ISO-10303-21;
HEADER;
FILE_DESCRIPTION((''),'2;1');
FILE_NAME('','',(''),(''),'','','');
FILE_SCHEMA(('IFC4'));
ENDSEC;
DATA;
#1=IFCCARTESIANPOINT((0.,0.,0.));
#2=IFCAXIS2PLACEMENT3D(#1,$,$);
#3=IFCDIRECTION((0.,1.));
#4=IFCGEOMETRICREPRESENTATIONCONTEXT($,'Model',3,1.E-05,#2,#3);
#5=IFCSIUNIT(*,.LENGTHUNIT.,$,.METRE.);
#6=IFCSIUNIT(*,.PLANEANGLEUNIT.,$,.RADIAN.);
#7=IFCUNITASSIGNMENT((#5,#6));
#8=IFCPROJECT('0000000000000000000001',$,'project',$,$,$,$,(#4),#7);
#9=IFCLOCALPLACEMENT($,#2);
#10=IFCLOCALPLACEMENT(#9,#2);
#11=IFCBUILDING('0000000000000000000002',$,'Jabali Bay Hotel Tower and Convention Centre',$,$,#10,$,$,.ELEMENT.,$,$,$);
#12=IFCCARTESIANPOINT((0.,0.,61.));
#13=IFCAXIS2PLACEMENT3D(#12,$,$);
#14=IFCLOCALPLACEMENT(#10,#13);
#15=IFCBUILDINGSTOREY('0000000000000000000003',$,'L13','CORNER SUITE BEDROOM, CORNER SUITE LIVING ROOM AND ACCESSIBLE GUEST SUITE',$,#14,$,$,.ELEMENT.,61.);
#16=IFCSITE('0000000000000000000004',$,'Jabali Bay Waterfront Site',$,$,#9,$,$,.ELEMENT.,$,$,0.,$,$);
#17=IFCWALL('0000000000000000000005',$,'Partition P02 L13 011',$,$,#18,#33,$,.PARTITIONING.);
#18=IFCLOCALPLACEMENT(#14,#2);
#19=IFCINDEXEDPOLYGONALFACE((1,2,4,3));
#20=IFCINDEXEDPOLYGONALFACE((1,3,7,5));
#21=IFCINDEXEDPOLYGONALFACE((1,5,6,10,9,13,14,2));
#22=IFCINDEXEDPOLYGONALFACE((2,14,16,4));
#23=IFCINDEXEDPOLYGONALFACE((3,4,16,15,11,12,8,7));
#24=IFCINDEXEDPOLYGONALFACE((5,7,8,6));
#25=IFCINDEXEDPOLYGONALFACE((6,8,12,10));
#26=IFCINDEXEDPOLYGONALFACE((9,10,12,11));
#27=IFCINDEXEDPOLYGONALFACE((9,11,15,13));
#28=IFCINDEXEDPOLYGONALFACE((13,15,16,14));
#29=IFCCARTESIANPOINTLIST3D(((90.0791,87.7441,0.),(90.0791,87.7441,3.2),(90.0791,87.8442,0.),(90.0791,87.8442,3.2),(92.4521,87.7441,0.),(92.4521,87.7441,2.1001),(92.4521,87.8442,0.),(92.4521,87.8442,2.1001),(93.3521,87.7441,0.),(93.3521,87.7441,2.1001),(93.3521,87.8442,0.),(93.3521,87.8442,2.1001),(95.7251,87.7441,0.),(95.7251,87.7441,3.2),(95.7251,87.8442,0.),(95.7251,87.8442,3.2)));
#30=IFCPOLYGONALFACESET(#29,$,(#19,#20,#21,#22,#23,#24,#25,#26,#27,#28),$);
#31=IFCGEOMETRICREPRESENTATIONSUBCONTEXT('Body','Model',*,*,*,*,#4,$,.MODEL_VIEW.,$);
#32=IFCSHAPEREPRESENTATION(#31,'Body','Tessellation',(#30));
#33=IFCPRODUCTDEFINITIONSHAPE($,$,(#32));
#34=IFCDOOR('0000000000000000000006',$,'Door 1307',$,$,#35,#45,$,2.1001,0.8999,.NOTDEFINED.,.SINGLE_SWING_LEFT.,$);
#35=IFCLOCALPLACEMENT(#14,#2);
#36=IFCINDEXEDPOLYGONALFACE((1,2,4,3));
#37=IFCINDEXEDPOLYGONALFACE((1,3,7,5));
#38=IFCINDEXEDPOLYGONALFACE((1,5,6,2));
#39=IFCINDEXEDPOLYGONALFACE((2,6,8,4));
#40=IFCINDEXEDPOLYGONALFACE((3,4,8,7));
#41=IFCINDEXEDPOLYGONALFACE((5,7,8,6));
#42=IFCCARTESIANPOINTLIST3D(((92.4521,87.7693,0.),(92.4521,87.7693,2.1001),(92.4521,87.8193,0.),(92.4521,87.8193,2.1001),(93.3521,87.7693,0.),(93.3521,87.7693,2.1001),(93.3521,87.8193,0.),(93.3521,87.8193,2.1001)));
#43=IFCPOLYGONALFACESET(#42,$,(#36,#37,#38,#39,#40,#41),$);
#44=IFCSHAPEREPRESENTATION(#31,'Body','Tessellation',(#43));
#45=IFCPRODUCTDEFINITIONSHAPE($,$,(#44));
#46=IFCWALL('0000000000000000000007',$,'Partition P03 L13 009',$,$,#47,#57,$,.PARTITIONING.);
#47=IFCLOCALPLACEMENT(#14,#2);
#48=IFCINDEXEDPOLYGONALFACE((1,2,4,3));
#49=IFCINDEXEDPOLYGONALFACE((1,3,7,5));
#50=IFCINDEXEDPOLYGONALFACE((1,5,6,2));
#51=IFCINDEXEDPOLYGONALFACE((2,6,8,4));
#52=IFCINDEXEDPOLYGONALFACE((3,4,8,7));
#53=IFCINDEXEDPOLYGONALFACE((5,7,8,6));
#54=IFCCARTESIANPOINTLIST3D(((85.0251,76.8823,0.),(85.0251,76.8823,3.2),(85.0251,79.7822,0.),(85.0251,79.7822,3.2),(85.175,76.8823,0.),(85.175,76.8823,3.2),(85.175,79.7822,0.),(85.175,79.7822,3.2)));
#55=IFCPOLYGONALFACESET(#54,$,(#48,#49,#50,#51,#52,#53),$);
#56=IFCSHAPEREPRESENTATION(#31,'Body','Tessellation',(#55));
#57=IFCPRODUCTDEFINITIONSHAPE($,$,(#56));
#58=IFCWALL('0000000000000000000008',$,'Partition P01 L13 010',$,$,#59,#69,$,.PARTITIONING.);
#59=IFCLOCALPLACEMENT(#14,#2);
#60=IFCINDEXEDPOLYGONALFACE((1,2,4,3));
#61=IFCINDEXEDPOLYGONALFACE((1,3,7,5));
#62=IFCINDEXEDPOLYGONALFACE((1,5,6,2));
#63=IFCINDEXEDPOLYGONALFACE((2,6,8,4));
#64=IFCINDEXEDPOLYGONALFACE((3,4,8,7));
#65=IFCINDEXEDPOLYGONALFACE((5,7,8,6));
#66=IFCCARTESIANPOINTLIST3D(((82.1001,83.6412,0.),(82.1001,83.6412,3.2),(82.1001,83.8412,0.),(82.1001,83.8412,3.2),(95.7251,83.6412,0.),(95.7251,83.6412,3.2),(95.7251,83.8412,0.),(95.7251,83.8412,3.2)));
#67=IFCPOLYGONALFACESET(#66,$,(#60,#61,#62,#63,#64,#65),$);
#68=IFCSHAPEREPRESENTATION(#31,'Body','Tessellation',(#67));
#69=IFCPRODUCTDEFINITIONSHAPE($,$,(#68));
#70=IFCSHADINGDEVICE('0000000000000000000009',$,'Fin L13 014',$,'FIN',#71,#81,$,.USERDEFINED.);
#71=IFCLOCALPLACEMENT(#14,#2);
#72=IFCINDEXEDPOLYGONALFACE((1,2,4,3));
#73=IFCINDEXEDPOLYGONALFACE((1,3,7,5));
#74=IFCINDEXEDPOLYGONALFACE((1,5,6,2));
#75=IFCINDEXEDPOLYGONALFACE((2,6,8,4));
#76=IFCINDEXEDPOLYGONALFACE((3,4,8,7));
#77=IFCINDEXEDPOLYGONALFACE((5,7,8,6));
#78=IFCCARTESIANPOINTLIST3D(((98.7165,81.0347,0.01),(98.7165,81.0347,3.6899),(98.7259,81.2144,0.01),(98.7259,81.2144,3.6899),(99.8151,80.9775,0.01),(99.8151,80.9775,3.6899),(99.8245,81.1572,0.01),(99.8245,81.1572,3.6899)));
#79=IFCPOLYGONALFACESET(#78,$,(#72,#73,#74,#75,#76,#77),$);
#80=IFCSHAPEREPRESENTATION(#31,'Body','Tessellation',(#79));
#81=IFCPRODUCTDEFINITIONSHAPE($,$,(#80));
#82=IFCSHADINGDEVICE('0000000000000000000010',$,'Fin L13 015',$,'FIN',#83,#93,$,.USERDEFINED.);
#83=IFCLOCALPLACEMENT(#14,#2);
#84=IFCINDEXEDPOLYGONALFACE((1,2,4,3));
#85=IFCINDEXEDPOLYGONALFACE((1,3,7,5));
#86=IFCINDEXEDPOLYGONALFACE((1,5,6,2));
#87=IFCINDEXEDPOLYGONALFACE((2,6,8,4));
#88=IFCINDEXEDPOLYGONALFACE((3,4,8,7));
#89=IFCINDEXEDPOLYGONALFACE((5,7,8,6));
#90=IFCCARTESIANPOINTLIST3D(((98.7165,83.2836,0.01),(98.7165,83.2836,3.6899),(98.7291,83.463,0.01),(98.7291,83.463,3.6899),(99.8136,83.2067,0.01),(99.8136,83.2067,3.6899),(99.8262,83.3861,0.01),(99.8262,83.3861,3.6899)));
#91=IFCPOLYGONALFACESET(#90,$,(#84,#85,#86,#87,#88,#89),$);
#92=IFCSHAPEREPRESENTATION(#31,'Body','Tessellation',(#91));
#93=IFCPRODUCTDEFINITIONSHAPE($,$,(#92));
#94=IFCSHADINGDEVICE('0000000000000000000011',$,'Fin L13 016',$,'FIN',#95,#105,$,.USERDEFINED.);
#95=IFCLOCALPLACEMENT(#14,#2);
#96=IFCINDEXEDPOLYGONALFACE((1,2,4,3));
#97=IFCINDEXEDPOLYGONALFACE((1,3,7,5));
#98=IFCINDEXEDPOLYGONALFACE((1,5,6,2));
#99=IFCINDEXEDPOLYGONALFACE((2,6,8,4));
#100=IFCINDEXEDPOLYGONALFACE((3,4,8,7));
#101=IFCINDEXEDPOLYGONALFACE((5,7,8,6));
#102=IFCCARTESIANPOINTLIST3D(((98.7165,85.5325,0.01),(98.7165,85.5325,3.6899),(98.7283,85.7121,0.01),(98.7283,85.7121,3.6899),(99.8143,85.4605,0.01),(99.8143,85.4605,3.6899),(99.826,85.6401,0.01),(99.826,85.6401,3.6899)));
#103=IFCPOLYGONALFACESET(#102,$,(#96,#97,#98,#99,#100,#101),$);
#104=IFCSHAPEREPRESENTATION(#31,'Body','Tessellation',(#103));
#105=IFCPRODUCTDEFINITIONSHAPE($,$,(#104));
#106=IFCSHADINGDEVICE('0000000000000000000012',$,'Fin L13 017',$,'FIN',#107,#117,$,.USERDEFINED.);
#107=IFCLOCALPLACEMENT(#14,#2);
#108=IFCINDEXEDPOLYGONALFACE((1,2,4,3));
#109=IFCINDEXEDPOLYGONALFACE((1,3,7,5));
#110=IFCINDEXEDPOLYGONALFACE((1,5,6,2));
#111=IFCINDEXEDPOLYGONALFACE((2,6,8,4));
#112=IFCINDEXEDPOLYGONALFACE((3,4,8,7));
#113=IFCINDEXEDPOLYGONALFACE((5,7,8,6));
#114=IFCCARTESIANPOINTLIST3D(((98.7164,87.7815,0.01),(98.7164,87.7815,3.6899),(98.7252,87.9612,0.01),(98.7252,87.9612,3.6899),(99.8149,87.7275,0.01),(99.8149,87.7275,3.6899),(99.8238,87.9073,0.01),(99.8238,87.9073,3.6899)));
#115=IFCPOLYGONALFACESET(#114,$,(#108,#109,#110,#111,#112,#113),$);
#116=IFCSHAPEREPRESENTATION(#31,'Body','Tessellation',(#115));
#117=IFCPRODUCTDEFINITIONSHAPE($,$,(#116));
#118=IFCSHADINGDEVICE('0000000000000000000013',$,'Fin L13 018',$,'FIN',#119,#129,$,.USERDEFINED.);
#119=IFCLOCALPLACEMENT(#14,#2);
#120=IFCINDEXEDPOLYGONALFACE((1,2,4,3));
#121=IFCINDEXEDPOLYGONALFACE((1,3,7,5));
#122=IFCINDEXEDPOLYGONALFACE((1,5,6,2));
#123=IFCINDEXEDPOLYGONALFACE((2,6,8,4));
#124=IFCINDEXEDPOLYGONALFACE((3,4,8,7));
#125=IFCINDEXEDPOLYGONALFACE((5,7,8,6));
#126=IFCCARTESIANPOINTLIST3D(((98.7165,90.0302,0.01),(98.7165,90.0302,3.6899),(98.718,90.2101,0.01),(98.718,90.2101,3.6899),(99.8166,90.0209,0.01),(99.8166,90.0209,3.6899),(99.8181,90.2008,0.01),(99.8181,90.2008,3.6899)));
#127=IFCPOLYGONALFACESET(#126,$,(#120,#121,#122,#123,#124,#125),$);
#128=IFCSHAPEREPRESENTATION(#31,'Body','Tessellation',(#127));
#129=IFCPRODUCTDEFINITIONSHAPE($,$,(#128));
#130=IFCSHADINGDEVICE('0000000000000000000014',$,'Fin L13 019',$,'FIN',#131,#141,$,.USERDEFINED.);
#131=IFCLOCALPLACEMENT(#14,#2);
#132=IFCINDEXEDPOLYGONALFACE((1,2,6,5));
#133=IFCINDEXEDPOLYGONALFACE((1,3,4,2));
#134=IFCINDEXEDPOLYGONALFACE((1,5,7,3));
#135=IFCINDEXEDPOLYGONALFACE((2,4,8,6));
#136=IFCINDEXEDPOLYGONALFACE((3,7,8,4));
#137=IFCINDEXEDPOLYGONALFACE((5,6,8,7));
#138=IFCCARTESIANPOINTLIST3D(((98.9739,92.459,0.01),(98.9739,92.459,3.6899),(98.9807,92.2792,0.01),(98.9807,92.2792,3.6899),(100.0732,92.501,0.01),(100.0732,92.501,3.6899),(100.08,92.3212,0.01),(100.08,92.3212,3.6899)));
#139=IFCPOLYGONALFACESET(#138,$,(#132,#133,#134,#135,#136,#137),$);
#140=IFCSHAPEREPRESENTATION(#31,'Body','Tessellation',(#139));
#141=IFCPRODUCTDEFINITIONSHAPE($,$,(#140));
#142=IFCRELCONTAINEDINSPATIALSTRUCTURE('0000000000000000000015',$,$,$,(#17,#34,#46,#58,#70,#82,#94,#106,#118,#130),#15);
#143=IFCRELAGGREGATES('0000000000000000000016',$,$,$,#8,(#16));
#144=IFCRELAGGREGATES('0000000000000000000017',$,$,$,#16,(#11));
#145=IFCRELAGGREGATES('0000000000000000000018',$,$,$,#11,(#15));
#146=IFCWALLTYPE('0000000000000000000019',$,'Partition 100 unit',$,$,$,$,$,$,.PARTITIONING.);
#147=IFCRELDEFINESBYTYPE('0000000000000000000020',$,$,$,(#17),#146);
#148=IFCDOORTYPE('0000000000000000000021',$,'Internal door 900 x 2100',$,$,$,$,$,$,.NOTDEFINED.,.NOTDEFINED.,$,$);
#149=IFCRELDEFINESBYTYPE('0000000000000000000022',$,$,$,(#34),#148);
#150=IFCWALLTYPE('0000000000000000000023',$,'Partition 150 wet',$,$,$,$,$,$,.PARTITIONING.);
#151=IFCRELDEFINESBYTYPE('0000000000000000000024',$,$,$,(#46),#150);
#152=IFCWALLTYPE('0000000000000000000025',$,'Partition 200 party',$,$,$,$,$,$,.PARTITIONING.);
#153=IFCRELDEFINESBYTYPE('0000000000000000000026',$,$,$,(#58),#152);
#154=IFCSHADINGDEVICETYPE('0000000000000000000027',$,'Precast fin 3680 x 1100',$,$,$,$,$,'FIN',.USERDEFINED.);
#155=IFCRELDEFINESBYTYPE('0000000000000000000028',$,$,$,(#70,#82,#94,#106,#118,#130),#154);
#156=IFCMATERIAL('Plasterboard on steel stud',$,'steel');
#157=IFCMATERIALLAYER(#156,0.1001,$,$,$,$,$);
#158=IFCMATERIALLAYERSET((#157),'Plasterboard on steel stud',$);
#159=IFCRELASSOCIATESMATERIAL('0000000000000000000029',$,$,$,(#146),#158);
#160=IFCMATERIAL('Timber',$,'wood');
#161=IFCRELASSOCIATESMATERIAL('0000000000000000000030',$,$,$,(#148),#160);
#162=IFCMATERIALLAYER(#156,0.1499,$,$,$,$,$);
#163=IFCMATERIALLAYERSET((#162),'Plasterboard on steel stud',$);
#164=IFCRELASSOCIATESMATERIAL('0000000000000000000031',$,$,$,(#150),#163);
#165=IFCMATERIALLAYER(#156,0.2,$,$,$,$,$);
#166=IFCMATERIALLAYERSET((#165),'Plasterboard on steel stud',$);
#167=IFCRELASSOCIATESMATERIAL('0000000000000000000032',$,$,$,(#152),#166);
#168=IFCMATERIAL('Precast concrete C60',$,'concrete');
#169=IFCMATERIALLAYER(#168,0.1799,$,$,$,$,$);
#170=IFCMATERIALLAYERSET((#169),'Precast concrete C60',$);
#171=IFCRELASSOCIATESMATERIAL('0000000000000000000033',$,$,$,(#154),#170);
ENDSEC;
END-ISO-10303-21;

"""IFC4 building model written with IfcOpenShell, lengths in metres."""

from ifc_helpers import new_model, si_unit, direction, frame, frame_2d, origin, place, context, subcontext, project, spatial, rectangle, extrude, material, layer, layer_set, type_object, element, fill, save


model = new_model("IFC4")

# Units and contexts
model_context = context("Model", 3, precision=1e-05, world=origin(), true_north=direction((0.0, 1.0)))
body_context = subcontext(model_context, "Body", "Model", "MODEL_VIEW")
ifc_project = project(units=[si_unit("LENGTHUNIT", "METRE"), si_unit("PLANEANGLEUNIT", "RADIAN")], contexts=[model_context])

# Site, building, storey
site_placement = place(None, origin())
site = spatial("IfcSite", under=ifc_project, at=site_placement, Name="Jabali Bay Waterfront Site", CompositionType="ELEMENT", RefElevation=0.0)
building_placement = place(site_placement, origin())
building = spatial("IfcBuilding", under=site, at=building_placement, Name="Jabali Bay Hotel Tower and Convention Centre", CompositionType="ELEMENT")
storey_placement = place(building_placement, frame((0.0, 0.0, 61.0)))
storey = spatial("IfcBuildingStorey", under=building, at=storey_placement, Name="L13", Description="CORNER SUITE BEDROOM, CORNER SUITE LIVING ROOM AND ACCESSIBLE GUEST SUITE", CompositionType="ELEMENT", Elevation=61.0)

# Wall, opening, door
ifc_material_1 = material(Name="Plasterboard on steel stud", Category="steel")
ifc_layer_1 = layer(ifc_material_1, 0.1001)
ifc_layer_set_1 = layer_set([ifc_layer_1], Name="Plasterboard on steel stud")
wall_type_1 = type_object("IfcWallType", Name="Partition 100 unit", PredefinedType="PARTITIONING", material=ifc_layer_set_1)
wall_1_placement = place(storey_placement, frame((95.7251, 87.7942, 0.0), z_axis=(0.0, 0.0, 1.0), x_axis=(-1.0, 0.0, 0.0)))
wall_1 = element("IfcWall", 1, at=wall_1_placement, inside=storey, type_object=wall_type_1, Name="Partition P02 L13 011", PredefinedType="PARTITIONING", context=body_context, shape_type="SweptSolid", body=[
    extrude(rectangle(XDim=5.646, YDim=0.1001, at=frame_2d((2.823, 0.0))), origin(), (0.0, 0.0, 1.0), 3.2),
])
opening_1_placement = place(wall_1_placement, frame((2.373, 0.0, 0.0)))
opening_1 = element("IfcOpeningElement", 2, at=opening_1_placement, cuts=wall_1, PredefinedType="OPENING", context=body_context, shape_type="SweptSolid", body=[
    extrude(rectangle(XDim=0.8999, YDim=2.1001, at=frame_2d((0.45, 1.05))), frame((0.0, 0.0605, 0.0), z_axis=(0.0, -1.0, 0.0), x_axis=(1.0, 0.0, 0.0)), (0.0, 0.0, 1.0), 0.1211),
])
ifc_material_2 = material(Name="Timber", Category="wood")
door_type_1 = type_object("IfcDoorType", Name="Internal door 900 x 2100", OperationType="NOTDEFINED", PredefinedType="NOTDEFINED", material=ifc_material_2)
door_1_placement = place(opening_1_placement, origin())
door_1 = element("IfcDoor", 3, at=door_1_placement, inside=storey, type_object=door_type_1, Name="Door 1307", OperationType="SINGLE_SWING_LEFT", OverallHeight=2.1001, OverallWidth=0.8999, PredefinedType="NOTDEFINED", context=body_context, shape_type="SweptSolid", body=[
    extrude(rectangle(XDim=0.8999, YDim=2.1001, at=frame_2d((0.45, 1.05))), frame((0.0, 0.0249, 0.0), z_axis=(0.0, -1.0, 0.0), x_axis=(1.0, 0.0, 0.0)), (0.0, 0.0, 1.0), 0.05),
])
fill(opening_1, door_1)

# Walls
ifc_layer_2 = layer(ifc_material_1, 0.1499)
ifc_layer_set_2 = layer_set([ifc_layer_2], Name="Plasterboard on steel stud")
wall_type_2 = type_object("IfcWallType", Name="Partition 150 wet", PredefinedType="PARTITIONING", material=ifc_layer_set_2)
wall_2_placement = place(storey_placement, frame((85.1001, 79.7822, 0.0), z_axis=(0.0, 0.0, 1.0), x_axis=(0.0, -1.0, 0.0)))
element("IfcWall", 4, at=wall_2_placement, inside=storey, type_object=wall_type_2, Name="Partition P03 L13 009", PredefinedType="PARTITIONING", context=body_context, shape_type="SweptSolid", body=[
    extrude(rectangle(XDim=2.8999, YDim=0.1499, at=frame_2d((1.45, 0.0))), origin(), (0.0, 0.0, 1.0), 3.2),
])
ifc_layer_3 = layer(ifc_material_1, 0.2)
ifc_layer_set_3 = layer_set([ifc_layer_3], Name="Plasterboard on steel stud")
wall_type_3 = type_object("IfcWallType", Name="Partition 200 party", PredefinedType="PARTITIONING", material=ifc_layer_set_3)
wall_3_placement = place(storey_placement, frame((95.7251, 83.7412, 0.0), z_axis=(0.0, 0.0, 1.0), x_axis=(-1.0, 0.0, 0.0)))
element("IfcWall", 5, at=wall_3_placement, inside=storey, type_object=wall_type_3, Name="Partition P01 L13 010", PredefinedType="PARTITIONING", context=body_context, shape_type="SweptSolid", body=[
    extrude(rectangle(XDim=13.625, YDim=0.2, at=frame_2d((6.8125, 0.0))), origin(), (0.0, 0.0, 1.0), 3.2),
])

# Shading devices
ifc_material_3 = material(Name="Precast concrete C60", Category="concrete")
ifc_layer_4 = layer(ifc_material_3, 0.1799)
ifc_layer_set_4 = layer_set([ifc_layer_4], Name="Precast concrete C60")
shading_device_type = type_object("IfcShadingDeviceType", Name="Precast fin 3680 x 1100", ElementType="FIN", PredefinedType="USERDEFINED", material=ifc_layer_set_4)
shading_device_1_placement = place(storey_placement, frame((98.7212, 81.1245, 0.01), z_axis=(0.0, 0.0, 1.0), x_axis=(0.998651, -0.05193, 0.0)))
element("IfcShadingDevice", 6, at=shading_device_1_placement, inside=storey, type_object=shading_device_type, Name="Fin L13 014", ObjectType="FIN", PredefinedType="USERDEFINED", context=body_context, shape_type="SweptSolid", body=[
    extrude(rectangle(XDim=1.1001, YDim=0.1799, at=frame_2d((0.55, 0.0))), origin(), (0.0, 0.0, 1.0), 3.6799),
])
shading_device_2_placement = place(storey_placement, frame((98.7229, 83.3733, 0.01), z_axis=(0.0, 0.0, 1.0), x_axis=(0.997552, -0.069922, 0.0)))
element("IfcShadingDevice", 7, at=shading_device_2_placement, inside=storey, type_object=shading_device_type, Name="Fin L13 015", ObjectType="FIN", PredefinedType="USERDEFINED", context=body_context, shape_type="SweptSolid", body=[
    extrude(rectangle(XDim=1.0999, YDim=0.1799, at=frame_2d((0.5498, 0.0))), origin(), (0.0, 0.0, 1.0), 3.6799),
])
shading_device_3_placement = place(storey_placement, frame((98.7224, 85.6223, 0.01), z_axis=(0.0, 0.0, 1.0), x_axis=(0.997854, -0.065473, 0.0)))
element("IfcShadingDevice", 8, at=shading_device_3_placement, inside=storey, type_object=shading_device_type, Name="Fin L13 016", ObjectType="FIN", PredefinedType="USERDEFINED", context=body_context, shape_type="SweptSolid", body=[
    extrude(rectangle(XDim=1.1001, YDim=0.1799, at=frame_2d((0.55, 0.0))), origin(), (0.0, 0.0, 1.0), 3.6799),
])
shading_device_4_placement = place(storey_placement, frame((98.7209, 87.8713, 0.01), z_axis=(0.0, 0.0, 1.0), x_axis=(0.998796, -0.049052, 0.0)))
element("IfcShadingDevice", 9, at=shading_device_4_placement, inside=storey, type_object=shading_device_type, Name="Fin L13 017", ObjectType="FIN", PredefinedType="USERDEFINED", context=body_context, shape_type="SweptSolid", body=[
    extrude(rectangle(XDim=1.0999, YDim=0.1799, at=frame_2d((0.5498, 0.0))), origin(), (0.0, 0.0, 1.0), 3.6799),
])
for number, where, z_axis, x_axis, name in (
    (10, (98.7173, 90.1201, 0.01), (0.0, 0.0, 1.0), (0.999964, -0.008433, 0.0), "Fin L13 018"),
    (11, (98.9773, 92.3691, 0.01), (0.0, 0.0, 1.0), (0.999271, 0.038169, 0.0), "Fin L13 019"),
):
    element("IfcShadingDevice", number, at=place(storey_placement, frame(where, z_axis=z_axis, x_axis=x_axis)), inside=storey, type_object=shading_device_type, Name=name, ObjectType="FIN", PredefinedType="USERDEFINED", context=body_context, shape_type="SweptSolid", body=[
        extrude(rectangle(XDim=1.1001, YDim=0.1799, at=frame_2d((0.55, 0.0))), origin(), (0.0, 0.0, 1.0), 3.6799),
    ])

save(model, "model.ifc")
